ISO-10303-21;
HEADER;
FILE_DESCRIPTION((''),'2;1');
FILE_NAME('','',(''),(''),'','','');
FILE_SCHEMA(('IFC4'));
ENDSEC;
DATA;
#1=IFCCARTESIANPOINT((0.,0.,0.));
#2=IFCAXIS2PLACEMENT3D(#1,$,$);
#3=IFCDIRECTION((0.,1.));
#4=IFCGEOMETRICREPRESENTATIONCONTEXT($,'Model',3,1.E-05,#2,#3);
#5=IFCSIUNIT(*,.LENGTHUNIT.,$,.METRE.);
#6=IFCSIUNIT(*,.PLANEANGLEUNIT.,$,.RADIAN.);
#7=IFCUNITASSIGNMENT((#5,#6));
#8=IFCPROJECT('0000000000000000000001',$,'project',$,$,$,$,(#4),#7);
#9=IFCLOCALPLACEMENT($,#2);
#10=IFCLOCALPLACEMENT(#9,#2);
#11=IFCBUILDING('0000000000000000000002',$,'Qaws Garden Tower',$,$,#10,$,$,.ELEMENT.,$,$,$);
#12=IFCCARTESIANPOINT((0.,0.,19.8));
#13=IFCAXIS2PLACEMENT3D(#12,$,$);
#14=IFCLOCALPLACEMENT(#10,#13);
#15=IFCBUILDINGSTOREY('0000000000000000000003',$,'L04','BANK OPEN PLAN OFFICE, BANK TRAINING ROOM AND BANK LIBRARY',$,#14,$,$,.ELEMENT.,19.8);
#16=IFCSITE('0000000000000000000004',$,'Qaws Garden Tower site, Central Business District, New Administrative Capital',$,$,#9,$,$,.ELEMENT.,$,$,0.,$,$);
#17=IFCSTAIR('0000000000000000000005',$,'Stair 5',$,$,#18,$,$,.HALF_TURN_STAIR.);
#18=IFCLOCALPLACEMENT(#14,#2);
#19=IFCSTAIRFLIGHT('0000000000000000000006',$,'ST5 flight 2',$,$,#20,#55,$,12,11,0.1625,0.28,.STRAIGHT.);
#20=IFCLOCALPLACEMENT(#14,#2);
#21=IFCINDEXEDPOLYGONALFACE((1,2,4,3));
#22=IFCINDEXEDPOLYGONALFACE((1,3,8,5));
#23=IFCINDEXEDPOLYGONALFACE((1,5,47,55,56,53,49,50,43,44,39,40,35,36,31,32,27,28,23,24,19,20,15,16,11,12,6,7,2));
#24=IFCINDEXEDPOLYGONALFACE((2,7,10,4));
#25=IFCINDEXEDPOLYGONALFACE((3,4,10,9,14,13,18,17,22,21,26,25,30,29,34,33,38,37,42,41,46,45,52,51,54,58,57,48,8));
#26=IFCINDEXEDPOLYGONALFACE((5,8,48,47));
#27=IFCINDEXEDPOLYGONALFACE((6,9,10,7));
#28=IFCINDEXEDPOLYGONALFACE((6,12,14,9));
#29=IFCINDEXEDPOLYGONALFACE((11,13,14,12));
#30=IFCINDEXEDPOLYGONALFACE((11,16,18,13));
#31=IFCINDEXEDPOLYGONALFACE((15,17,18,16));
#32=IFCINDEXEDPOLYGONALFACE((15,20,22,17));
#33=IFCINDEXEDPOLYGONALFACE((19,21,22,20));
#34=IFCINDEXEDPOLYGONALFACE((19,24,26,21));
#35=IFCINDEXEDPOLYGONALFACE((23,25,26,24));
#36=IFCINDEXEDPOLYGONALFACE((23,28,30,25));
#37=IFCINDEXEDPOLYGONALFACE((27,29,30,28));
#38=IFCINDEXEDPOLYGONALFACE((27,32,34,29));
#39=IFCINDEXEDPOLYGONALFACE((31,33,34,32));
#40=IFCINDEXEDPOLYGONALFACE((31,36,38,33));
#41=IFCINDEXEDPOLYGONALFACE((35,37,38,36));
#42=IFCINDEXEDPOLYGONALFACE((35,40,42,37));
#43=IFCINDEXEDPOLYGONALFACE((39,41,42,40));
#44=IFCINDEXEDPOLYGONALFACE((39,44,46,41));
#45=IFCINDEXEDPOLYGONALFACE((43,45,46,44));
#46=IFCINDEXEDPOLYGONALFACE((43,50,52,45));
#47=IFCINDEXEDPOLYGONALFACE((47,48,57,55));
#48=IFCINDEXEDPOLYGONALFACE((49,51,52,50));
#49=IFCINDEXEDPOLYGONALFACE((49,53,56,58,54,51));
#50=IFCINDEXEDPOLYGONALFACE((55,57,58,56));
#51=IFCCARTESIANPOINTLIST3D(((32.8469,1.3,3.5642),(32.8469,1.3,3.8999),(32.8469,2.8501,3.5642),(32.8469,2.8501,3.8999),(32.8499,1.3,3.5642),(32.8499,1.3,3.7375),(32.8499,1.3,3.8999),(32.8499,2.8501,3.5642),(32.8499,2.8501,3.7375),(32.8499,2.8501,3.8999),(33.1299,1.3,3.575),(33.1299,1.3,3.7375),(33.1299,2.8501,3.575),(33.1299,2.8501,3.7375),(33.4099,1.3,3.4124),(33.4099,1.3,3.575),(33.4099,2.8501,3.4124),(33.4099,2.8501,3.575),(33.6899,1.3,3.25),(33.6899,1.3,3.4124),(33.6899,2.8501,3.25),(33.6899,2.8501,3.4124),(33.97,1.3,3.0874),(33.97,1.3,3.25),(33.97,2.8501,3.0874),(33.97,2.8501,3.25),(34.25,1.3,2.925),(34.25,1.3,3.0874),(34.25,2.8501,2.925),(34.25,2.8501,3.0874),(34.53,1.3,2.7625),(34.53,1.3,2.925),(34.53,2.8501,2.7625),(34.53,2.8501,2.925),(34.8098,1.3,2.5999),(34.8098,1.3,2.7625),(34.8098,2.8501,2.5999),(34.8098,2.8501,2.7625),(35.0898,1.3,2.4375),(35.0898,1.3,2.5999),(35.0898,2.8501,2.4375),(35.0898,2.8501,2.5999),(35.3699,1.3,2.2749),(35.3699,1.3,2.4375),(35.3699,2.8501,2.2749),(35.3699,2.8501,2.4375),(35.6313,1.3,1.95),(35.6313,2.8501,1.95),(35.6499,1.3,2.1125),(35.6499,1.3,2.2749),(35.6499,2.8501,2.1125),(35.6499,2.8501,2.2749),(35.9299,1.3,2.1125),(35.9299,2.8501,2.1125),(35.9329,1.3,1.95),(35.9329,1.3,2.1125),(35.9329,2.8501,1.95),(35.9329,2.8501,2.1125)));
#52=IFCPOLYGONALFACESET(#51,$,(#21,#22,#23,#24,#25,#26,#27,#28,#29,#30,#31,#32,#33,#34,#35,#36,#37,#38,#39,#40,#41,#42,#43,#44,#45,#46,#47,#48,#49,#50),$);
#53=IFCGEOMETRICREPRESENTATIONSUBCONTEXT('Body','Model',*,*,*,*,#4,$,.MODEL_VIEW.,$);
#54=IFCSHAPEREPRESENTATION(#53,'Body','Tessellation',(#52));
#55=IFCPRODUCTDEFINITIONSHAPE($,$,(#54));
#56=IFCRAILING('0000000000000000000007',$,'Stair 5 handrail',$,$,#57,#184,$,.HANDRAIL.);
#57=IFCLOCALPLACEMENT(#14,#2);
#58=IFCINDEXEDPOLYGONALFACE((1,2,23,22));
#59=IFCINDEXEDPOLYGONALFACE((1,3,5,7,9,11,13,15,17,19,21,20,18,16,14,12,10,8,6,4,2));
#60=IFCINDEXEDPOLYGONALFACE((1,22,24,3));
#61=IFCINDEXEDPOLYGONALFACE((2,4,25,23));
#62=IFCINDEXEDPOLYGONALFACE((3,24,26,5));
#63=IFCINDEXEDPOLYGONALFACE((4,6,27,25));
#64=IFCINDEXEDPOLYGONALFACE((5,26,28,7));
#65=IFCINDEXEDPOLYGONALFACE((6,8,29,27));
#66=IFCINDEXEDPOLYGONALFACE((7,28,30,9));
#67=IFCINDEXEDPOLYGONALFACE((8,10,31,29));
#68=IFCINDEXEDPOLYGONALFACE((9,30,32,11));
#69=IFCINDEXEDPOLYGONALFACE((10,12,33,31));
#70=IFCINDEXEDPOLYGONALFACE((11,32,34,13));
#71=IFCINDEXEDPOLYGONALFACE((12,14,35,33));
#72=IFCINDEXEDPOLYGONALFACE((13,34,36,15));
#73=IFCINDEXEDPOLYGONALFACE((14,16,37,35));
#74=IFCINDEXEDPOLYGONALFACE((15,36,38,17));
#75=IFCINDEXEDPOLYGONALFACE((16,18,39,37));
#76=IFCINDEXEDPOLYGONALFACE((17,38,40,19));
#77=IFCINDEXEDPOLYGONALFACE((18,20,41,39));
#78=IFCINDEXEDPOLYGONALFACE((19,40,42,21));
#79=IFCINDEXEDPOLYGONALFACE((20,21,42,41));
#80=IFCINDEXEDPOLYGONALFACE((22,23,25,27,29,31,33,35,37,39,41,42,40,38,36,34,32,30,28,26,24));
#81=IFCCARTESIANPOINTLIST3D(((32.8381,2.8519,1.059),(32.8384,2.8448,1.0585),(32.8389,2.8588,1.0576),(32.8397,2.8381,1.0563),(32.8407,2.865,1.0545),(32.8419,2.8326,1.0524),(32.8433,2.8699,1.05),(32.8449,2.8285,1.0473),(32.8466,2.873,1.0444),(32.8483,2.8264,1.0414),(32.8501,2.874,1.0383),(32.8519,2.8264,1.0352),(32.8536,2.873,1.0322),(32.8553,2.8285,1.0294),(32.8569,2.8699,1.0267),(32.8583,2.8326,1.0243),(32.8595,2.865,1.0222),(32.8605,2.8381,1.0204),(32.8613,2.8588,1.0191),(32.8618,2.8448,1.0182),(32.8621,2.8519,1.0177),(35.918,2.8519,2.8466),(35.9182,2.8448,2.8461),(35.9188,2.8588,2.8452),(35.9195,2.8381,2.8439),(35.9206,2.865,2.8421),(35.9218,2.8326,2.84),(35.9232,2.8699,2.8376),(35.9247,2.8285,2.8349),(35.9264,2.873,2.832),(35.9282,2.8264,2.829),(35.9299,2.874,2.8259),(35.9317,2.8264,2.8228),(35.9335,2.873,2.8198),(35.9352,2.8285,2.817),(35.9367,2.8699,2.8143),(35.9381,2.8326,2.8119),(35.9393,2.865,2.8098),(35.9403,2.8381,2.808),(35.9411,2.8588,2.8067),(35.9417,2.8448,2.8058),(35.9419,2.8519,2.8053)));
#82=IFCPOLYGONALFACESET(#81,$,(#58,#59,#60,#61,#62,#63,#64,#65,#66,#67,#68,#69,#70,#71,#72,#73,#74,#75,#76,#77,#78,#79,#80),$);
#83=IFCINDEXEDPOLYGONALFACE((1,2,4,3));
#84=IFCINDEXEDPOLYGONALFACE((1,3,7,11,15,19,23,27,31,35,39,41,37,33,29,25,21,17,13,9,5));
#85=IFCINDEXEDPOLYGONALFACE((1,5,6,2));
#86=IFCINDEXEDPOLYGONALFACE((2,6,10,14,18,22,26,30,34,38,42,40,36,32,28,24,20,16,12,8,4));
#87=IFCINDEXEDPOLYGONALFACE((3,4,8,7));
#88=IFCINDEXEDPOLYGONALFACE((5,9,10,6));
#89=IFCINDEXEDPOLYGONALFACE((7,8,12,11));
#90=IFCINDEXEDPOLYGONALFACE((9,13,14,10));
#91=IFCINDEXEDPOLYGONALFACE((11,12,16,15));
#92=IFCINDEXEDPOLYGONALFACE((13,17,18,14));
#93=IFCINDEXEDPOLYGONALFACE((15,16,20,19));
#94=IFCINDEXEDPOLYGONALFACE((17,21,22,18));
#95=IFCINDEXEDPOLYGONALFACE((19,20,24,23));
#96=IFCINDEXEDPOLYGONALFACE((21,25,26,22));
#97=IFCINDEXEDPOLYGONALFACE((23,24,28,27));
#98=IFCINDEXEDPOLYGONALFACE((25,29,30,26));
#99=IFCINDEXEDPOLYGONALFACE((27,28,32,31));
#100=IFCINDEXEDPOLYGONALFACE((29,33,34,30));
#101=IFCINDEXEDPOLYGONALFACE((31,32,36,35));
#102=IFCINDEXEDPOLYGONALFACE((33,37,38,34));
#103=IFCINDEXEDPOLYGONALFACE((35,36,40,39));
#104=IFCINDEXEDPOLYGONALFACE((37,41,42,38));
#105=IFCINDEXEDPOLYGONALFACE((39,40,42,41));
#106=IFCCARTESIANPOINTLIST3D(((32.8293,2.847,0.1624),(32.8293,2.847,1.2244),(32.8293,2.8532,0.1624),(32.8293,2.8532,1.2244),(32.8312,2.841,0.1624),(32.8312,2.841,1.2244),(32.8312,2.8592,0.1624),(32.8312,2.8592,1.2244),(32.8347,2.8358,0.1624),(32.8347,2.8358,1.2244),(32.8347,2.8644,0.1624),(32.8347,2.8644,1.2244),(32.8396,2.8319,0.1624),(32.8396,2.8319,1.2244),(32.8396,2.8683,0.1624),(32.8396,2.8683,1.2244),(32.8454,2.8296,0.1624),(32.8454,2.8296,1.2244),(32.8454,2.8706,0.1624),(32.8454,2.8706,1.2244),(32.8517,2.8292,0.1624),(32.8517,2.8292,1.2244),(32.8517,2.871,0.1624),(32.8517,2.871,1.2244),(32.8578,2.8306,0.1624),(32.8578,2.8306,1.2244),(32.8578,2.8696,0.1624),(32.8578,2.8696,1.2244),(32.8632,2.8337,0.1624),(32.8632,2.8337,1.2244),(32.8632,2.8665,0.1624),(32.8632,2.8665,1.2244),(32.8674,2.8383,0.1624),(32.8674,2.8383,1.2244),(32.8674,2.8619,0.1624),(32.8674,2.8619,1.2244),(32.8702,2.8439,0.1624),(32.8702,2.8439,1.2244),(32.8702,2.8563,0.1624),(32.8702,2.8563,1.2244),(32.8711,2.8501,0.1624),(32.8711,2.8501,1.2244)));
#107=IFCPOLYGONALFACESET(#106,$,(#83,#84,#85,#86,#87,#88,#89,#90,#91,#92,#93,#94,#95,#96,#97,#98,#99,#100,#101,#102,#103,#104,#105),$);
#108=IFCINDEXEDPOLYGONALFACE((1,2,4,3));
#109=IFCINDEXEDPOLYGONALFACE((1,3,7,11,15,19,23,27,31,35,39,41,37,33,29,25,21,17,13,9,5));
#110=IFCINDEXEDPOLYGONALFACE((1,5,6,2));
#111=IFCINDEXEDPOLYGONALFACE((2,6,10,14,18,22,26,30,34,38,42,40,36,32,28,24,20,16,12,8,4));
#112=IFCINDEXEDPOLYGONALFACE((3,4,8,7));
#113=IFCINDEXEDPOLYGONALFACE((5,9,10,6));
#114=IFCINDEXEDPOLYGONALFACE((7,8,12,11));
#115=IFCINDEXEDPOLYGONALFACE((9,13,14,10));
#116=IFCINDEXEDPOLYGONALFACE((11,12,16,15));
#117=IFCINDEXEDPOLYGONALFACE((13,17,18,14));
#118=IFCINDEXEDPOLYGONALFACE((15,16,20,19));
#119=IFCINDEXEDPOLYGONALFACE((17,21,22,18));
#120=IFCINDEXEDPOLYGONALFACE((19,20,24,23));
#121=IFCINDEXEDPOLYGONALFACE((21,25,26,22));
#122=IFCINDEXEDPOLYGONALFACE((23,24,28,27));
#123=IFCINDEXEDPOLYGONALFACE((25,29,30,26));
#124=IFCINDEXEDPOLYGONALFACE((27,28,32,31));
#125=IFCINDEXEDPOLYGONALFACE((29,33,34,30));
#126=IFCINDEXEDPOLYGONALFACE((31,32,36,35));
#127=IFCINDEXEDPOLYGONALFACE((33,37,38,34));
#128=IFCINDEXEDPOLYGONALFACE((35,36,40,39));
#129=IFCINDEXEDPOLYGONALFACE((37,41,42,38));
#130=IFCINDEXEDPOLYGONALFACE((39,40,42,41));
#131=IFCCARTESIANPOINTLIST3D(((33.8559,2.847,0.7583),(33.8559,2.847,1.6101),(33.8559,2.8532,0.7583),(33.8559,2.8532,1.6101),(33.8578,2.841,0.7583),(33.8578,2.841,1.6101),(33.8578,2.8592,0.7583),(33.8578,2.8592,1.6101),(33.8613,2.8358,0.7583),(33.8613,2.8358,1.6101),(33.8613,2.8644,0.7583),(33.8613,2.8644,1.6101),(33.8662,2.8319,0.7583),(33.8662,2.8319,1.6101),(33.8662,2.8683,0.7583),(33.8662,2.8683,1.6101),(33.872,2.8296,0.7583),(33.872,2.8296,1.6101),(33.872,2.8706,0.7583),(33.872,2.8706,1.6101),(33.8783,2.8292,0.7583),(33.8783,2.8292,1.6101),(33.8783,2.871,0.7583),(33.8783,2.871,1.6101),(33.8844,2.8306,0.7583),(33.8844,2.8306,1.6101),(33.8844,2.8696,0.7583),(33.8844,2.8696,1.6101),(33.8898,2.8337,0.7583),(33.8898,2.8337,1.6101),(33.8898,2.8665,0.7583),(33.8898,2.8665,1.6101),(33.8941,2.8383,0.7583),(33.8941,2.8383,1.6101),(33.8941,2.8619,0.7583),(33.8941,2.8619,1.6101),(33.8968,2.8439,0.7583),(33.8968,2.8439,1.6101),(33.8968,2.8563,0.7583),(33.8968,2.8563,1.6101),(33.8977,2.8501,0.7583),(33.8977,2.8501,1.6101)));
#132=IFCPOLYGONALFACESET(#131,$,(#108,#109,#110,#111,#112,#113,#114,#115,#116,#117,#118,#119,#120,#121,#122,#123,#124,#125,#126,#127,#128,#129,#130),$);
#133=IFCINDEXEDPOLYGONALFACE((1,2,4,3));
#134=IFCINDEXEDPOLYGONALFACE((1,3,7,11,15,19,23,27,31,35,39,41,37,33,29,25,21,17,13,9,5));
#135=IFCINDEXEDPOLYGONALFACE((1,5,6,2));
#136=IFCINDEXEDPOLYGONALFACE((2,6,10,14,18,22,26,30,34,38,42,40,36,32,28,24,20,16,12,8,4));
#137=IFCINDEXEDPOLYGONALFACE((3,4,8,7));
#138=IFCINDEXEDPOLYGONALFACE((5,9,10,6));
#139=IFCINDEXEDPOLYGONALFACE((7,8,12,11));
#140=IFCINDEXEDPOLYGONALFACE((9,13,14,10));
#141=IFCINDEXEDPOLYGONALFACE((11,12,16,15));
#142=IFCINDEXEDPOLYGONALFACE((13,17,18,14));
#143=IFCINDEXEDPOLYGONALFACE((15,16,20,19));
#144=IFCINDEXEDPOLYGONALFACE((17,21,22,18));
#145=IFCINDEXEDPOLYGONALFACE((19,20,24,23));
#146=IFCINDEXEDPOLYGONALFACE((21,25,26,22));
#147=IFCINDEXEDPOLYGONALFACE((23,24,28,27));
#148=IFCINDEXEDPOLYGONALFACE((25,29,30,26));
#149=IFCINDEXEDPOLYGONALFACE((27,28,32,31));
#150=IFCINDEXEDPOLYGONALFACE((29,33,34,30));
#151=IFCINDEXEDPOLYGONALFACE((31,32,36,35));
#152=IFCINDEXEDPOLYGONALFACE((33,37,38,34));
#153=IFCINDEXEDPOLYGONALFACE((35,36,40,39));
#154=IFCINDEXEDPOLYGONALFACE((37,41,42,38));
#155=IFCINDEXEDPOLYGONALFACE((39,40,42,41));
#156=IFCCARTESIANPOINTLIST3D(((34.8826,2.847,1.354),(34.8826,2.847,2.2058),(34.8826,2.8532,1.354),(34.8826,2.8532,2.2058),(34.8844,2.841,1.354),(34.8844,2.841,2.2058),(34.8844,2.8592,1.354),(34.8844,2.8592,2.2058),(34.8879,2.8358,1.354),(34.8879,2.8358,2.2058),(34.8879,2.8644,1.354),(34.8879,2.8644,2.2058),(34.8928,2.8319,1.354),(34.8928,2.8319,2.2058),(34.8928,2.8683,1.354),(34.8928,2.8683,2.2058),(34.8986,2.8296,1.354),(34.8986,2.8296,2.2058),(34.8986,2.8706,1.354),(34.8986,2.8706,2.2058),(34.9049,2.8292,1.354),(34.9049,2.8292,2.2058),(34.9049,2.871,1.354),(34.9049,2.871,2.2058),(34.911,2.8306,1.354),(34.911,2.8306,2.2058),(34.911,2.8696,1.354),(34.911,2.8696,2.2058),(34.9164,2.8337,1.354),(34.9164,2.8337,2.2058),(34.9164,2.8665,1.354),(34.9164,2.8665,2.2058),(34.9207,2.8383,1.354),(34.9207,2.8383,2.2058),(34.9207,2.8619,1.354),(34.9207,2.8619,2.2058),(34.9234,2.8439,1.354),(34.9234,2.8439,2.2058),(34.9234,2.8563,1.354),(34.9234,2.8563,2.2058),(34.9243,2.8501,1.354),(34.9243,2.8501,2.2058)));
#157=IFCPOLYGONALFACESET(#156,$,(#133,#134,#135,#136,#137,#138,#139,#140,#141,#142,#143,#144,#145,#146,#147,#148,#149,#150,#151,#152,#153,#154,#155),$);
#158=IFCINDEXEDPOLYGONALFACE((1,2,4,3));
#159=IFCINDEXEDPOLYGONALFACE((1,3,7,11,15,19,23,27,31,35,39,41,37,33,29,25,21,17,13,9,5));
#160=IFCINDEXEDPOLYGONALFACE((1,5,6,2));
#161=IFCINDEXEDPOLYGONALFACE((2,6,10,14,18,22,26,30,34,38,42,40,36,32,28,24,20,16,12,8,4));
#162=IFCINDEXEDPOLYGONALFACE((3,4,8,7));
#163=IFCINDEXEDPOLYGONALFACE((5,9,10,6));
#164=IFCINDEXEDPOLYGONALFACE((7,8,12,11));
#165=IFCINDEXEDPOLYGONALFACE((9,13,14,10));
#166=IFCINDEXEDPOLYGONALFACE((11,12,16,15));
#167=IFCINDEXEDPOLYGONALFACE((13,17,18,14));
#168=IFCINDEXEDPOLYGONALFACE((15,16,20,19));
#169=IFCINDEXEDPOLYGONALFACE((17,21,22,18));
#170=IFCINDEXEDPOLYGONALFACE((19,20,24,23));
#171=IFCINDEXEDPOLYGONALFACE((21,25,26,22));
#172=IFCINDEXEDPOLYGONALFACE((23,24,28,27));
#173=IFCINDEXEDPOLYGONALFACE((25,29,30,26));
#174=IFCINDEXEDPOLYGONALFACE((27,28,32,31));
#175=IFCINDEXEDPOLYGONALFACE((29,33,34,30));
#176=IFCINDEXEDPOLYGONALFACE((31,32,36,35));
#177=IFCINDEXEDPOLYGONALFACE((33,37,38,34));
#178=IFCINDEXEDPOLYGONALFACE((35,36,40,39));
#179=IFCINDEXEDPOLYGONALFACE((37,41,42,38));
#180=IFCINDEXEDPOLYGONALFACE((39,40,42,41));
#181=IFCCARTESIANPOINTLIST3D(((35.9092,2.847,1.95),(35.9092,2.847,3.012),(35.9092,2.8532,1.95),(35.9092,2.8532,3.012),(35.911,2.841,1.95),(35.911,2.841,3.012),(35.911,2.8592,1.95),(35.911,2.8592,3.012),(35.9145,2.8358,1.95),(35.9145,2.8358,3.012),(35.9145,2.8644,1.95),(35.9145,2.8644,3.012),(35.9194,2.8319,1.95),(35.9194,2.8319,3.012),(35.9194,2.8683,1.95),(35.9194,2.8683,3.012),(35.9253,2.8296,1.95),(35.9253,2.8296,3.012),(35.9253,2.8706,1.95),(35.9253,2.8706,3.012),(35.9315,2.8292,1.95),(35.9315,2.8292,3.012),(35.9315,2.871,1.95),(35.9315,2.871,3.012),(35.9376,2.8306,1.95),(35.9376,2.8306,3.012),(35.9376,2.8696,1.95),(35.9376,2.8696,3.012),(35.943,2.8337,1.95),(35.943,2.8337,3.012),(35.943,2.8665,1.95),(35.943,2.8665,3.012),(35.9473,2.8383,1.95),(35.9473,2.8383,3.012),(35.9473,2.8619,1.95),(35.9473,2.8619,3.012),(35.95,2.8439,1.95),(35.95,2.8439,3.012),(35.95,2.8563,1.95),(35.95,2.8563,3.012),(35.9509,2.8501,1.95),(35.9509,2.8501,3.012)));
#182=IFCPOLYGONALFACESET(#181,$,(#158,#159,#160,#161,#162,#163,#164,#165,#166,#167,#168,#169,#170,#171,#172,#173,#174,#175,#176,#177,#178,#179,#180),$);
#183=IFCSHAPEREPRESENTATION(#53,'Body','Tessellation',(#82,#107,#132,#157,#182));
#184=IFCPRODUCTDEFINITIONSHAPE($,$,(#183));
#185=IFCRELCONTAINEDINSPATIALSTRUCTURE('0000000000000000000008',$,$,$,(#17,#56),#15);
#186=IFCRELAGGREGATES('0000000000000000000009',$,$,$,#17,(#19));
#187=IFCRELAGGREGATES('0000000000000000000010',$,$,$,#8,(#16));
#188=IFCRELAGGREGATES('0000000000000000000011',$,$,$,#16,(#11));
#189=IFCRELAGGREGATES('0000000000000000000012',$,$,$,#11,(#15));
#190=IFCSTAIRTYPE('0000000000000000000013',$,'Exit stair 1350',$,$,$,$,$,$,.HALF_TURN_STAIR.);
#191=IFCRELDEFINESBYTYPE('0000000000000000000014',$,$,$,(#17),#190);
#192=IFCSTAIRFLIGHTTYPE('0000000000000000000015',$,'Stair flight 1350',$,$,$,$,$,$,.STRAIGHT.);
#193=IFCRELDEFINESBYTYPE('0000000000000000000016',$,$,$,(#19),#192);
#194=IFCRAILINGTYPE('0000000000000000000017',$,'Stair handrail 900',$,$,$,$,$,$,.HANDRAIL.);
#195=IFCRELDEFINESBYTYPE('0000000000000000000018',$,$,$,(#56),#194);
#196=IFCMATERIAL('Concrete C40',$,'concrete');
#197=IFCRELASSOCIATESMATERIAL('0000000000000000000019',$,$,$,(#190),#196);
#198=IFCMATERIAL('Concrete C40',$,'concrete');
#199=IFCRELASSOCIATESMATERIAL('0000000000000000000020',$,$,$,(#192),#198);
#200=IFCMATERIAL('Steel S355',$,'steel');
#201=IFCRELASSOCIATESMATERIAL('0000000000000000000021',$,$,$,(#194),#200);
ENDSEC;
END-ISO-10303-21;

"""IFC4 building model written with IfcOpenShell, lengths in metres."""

from ifc_helpers import new_model, si_unit, direction, frame, origin, origin_2d, place, context, subcontext, project, spatial, polyline, circle, outline, extrude, material, type_object, element, aggregate, save


model = new_model("IFC4")

# Units and contexts
model_context = context("Model", 3, precision=1e-05, world=origin(), true_north=direction((0.0, 1.0)))
body_context = subcontext(model_context, "Body", "Model", "MODEL_VIEW")
ifc_project = project(units=[si_unit("LENGTHUNIT", "METRE"), si_unit("PLANEANGLEUNIT", "RADIAN")], contexts=[model_context])

# Site, building, storey
site_placement = place(None, origin())
site = spatial("IfcSite", under=ifc_project, at=site_placement, Name="Qaws Garden Tower site, Central Business District, New Administrative Capital", CompositionType="ELEMENT", RefElevation=0.0)
building_placement = place(site_placement, origin())
building = spatial("IfcBuilding", under=site, at=building_placement, Name="Qaws Garden Tower", CompositionType="ELEMENT")
storey_placement = place(building_placement, frame((0.0, 0.0, 19.8)))
storey = spatial("IfcBuildingStorey", under=building, at=storey_placement, Name="L04", Description="BANK OPEN PLAN OFFICE, BANK TRAINING ROOM AND BANK LIBRARY", CompositionType="ELEMENT", Elevation=19.8)

# Stair, stair flight
ifc_material_1 = material(Name="Concrete C40", Category="concrete")
stair_type = type_object("IfcStairType", Name="Exit stair 1350", PredefinedType="HALF_TURN_STAIR", material=ifc_material_1)
stair_placement = place(storey_placement, origin())
stair = element("IfcStair", 1, at=stair_placement, inside=storey, type_object=stair_type, Name="Stair 5", PredefinedType="HALF_TURN_STAIR")
ifc_material_2 = material(Name="Concrete C40", Category="concrete")
stair_flight_type = type_object("IfcStairFlightType", Name="Stair flight 1350", PredefinedType="STRAIGHT", material=ifc_material_2)
stair_flight_1_placement = place(storey_placement, frame((35.9299, 2.075, 1.95), z_axis=(0.0, 0.0, 1.0), x_axis=(-1.0, 0.0, 0.0)))
stair_flight_1 = element("IfcStairFlight", 2, at=stair_flight_1_placement, type_object=stair_flight_type, Name="ST5 flight 2", NumberOfRisers=12, NumberOfTreads=11, PredefinedType="STRAIGHT", RiserHeight=0.1625, TreadLength=0.28, context=body_context, shape_type="SweptSolid", body=[
    extrude(outline(polyline([(-0.0029, 0.0), (-0.0029, 0.1626), (0.0, 0.1626), (0.28, 0.1626), (0.28, 0.325), (0.5601, 0.325), (0.5601, 0.4875), (0.8401, 0.4875), (0.8401, 0.6499), (1.1201, 0.6499), (1.1201, 0.8125), (1.3999, 0.8125), (1.3999, 0.9751), (1.6799, 0.9751), (1.6799, 1.1375), (1.96, 1.1375), (1.96, 1.3), (2.24, 1.3), (2.24, 1.4624), (2.52, 1.4624), (2.52, 1.625), (2.8, 1.625), (2.8, 1.7876), (3.0801, 1.7876), (3.0801, 1.95), (3.083, 1.95), (3.083, 1.6143), (3.0801, 1.6143), (0.2986, 0.0), (-0.0029, 0.0)])), frame((0.0, 0.7749, 0.0), z_axis=(0.0, -1.0, 0.0), x_axis=(1.0, 0.0, 0.0)), (0.0, 0.0, 1.0), 1.55),
])
aggregate(stair, [stair_flight_1])

# Railing
ifc_material_3 = material(Name="Steel S355", Category="steel")
railing_type = type_object("IfcRailingType", Name="Stair handrail 900", PredefinedType="HANDRAIL", material=ifc_material_3)
railing_1_placement = place(storey_placement, frame((32.8501, 2.8501, 0.1624)))
element("IfcRailing", 3, at=railing_1_placement, inside=storey, type_object=railing_type, Name="Stair 5 handrail", PredefinedType="HANDRAIL", context=body_context, shape_type="SweptSolid", body=[
    extrude(circle(Radius=0.0239, at=origin_2d()), frame((0.0, 0.0, 0.876), z_axis=(0.864873, 0.0, 0.50199), x_axis=(0.0, 1.0, 0.0)), (0.0, 0.0, 1.0), 3.561),
    extrude(circle(Radius=0.021, at=origin_2d()), origin(), (0.0, 0.0, 1.0), 1.062),
    extrude(circle(Radius=0.021, at=origin_2d()), frame((1.0266, 0.0, 0.5959)), (0.0, 0.0, 1.0), 0.8518),
    extrude(circle(Radius=0.021, at=origin_2d()), frame((2.0532, 0.0, 1.1917)), (0.0, 0.0, 1.0), 0.8518),
    extrude(circle(Radius=0.021, at=origin_2d()), frame((3.0798, 0.0, 1.7876)), (0.0, 0.0, 1.0), 1.062),
])

save(model, "model.ifc")
